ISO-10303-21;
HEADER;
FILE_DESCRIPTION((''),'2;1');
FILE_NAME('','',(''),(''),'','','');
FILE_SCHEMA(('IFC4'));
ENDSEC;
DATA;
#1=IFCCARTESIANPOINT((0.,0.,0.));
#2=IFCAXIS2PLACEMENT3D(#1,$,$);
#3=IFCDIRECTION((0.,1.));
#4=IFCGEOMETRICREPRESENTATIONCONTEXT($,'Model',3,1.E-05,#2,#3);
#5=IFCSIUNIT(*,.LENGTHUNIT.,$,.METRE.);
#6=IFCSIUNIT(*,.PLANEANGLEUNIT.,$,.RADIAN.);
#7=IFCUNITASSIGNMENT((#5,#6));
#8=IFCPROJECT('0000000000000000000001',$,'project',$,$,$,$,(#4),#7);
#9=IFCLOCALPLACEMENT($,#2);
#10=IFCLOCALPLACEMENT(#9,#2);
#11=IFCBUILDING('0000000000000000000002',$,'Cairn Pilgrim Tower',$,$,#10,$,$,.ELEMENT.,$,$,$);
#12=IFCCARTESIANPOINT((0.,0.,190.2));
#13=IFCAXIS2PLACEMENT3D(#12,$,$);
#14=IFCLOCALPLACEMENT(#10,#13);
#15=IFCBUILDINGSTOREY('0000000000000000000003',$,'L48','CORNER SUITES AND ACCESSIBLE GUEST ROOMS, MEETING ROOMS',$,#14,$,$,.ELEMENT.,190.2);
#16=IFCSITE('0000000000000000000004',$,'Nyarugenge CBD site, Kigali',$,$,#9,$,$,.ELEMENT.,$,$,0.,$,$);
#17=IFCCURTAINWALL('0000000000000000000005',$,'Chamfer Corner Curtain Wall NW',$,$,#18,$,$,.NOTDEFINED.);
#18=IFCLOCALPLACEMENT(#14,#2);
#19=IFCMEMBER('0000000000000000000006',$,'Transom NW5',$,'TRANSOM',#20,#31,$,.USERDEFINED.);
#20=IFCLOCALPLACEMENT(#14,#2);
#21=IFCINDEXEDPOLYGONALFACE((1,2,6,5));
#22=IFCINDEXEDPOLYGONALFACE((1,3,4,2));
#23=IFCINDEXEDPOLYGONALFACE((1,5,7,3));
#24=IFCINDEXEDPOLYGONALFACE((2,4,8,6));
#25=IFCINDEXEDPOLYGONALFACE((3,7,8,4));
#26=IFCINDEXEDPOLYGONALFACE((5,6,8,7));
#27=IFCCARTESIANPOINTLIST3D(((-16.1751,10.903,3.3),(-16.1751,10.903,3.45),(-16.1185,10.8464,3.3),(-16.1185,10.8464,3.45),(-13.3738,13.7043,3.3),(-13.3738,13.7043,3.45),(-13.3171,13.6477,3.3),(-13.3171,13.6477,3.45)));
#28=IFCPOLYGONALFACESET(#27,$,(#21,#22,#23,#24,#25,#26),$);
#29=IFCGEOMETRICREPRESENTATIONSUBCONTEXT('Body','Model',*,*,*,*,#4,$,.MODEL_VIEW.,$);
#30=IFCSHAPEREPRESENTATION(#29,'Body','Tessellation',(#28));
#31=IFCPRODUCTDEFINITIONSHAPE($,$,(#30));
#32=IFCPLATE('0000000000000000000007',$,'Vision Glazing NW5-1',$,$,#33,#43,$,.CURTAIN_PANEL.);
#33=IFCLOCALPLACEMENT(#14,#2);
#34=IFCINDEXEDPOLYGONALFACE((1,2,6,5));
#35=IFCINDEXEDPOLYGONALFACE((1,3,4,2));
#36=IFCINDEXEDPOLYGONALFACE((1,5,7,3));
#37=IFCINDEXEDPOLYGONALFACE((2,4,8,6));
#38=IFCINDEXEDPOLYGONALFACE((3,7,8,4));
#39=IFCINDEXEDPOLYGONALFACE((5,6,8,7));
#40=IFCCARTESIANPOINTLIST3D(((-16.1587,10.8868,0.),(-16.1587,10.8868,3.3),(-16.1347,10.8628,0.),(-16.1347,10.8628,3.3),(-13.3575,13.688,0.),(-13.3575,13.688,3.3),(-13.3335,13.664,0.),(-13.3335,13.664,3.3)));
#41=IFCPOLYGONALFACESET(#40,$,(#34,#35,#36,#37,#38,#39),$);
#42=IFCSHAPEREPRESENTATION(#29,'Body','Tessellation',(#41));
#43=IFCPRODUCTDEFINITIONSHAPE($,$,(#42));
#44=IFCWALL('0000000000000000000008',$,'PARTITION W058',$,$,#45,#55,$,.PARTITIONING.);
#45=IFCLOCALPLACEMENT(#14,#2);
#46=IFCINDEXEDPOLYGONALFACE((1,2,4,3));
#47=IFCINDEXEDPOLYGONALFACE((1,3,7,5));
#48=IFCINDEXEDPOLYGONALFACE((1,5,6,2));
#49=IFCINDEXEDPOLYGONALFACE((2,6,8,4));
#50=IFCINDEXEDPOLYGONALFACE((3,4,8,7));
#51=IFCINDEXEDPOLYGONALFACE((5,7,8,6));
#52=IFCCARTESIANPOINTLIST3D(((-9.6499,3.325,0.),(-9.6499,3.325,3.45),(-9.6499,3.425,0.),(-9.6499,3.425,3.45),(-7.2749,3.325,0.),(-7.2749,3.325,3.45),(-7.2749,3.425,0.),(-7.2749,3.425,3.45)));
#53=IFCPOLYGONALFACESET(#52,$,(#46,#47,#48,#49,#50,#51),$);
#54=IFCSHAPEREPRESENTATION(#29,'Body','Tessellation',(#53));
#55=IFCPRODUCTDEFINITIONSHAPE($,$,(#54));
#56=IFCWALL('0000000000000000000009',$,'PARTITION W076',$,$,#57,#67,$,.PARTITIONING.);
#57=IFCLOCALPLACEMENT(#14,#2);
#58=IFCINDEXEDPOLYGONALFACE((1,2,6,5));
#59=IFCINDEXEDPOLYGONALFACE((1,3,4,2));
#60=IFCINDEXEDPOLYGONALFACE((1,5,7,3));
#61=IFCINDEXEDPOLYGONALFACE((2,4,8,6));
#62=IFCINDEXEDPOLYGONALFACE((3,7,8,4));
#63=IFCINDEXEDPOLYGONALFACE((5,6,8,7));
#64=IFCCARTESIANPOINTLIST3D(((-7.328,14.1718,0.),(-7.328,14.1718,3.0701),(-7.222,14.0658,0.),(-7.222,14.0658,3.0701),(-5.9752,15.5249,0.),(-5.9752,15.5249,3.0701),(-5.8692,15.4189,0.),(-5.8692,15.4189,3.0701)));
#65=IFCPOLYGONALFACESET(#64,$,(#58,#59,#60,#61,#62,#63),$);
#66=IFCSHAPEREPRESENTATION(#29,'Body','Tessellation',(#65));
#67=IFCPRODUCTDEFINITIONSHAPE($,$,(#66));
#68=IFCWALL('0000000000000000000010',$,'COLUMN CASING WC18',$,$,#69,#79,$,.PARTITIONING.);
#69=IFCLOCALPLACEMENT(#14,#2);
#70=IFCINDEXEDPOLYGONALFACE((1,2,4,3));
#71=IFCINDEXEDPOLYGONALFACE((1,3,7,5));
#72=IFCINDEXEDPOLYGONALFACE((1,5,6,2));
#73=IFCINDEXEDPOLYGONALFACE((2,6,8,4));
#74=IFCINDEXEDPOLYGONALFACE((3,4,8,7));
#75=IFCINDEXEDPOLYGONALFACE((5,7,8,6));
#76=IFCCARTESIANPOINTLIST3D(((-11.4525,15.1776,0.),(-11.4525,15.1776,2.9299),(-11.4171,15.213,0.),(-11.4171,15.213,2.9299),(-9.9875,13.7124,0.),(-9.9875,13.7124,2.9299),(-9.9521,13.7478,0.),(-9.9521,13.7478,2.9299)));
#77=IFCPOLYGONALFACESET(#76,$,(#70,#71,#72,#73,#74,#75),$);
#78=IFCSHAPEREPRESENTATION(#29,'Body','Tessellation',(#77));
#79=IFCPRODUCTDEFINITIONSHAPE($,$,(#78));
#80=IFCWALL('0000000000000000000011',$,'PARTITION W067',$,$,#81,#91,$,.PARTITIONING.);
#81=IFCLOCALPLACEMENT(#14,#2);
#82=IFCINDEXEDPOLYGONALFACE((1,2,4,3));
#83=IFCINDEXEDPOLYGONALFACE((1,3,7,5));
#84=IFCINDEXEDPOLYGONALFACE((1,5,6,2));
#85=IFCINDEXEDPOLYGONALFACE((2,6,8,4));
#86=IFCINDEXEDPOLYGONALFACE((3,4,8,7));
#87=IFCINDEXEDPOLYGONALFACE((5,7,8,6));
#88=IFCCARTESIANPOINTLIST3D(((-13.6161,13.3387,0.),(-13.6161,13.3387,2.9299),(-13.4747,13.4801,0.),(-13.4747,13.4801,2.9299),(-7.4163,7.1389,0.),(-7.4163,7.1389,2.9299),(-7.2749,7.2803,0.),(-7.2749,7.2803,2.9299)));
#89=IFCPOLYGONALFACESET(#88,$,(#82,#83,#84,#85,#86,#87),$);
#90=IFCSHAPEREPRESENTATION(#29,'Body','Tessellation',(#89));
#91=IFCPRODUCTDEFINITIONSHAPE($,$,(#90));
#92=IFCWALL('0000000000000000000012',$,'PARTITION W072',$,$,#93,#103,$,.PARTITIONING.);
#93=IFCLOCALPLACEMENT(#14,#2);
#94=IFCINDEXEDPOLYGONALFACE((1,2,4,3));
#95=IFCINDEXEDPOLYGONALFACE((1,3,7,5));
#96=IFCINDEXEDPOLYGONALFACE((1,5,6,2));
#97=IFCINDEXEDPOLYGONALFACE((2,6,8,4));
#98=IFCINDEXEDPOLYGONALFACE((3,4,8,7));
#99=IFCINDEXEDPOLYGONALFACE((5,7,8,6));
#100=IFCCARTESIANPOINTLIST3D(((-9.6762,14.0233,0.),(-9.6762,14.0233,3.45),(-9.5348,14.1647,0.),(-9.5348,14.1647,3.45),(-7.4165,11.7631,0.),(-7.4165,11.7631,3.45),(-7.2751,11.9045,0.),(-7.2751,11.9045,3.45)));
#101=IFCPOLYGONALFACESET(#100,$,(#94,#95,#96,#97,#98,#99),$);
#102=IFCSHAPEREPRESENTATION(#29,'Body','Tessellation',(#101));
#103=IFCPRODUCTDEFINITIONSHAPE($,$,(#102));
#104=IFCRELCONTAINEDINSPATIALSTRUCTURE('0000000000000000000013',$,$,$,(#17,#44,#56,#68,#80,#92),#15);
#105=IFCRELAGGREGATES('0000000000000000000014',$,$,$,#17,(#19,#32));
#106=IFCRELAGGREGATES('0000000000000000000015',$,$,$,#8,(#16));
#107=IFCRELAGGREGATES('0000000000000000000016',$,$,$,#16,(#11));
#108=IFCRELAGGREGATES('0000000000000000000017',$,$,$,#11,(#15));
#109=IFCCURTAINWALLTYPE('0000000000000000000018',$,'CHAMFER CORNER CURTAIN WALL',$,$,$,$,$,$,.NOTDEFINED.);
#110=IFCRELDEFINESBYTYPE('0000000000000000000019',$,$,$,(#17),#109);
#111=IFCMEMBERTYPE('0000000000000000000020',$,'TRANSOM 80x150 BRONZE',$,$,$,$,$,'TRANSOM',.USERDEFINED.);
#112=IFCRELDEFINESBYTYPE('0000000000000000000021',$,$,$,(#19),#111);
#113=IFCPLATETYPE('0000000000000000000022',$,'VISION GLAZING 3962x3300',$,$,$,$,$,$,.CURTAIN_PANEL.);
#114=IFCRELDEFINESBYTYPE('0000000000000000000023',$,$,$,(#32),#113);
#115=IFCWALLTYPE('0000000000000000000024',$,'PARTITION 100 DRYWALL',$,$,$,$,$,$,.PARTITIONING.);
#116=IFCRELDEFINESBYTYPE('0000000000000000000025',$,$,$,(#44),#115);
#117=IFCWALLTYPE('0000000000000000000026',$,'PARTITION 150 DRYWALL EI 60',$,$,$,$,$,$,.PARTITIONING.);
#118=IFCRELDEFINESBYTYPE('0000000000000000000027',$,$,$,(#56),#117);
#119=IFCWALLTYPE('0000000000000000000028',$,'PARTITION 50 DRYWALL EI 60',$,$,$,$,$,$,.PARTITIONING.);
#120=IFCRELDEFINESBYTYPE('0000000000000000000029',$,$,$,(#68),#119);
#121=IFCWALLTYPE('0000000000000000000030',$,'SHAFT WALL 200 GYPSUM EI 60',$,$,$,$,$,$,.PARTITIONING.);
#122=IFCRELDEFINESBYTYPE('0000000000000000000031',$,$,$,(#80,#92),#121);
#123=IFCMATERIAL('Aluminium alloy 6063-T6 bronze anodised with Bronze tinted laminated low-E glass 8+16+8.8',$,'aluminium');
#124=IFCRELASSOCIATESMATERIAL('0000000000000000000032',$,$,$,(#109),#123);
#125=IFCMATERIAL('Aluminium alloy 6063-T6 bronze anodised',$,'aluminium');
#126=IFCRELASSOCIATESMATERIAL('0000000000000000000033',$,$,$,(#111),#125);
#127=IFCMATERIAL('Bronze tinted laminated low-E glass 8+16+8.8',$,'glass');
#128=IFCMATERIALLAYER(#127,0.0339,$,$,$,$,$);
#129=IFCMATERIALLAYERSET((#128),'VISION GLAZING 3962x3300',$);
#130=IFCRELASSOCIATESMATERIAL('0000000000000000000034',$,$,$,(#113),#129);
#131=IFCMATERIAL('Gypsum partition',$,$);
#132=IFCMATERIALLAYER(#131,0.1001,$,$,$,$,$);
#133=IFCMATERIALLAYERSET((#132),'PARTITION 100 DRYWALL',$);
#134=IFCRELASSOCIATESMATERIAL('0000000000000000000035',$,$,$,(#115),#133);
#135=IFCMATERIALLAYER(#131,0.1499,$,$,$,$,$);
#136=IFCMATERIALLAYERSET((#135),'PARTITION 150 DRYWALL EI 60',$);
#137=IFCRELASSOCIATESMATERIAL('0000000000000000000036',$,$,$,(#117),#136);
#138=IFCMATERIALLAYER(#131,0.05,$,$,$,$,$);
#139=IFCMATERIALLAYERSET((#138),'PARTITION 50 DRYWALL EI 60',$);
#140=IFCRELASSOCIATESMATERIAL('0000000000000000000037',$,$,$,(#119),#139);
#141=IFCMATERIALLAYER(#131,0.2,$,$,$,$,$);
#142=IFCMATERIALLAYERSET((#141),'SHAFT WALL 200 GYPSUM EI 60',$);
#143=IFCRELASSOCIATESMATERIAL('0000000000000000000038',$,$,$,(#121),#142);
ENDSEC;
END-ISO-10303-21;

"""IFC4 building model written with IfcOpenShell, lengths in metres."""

from ifc_helpers import new_model, si_unit, direction, frame, frame_2d, origin, origin_2d, place, context, subcontext, project, spatial, rectangle, extrude, material, layer, layer_set, material_profile, profile_set, type_object, element, aggregate, save


model = new_model("IFC4")

# Units and contexts
model_context = context("Model", 3, precision=1e-05, world=origin(), true_north=direction((0.0, 1.0)))
body_context = subcontext(model_context, "Body", "Model", "MODEL_VIEW")
ifc_project = project(units=[si_unit("LENGTHUNIT", "METRE"), si_unit("PLANEANGLEUNIT", "RADIAN")], contexts=[model_context])

# Site, building, storey
site_placement = place(None, origin())
site = spatial("IfcSite", under=ifc_project, at=site_placement, Name="Nyarugenge CBD site, Kigali", CompositionType="ELEMENT", RefElevation=0.0)
building_placement = place(site_placement, origin())
building = spatial("IfcBuilding", under=site, at=building_placement, Name="Cairn Pilgrim Tower", CompositionType="ELEMENT")
storey_placement = place(building_placement, frame((0.0, 0.0, 190.2)))
storey = spatial("IfcBuildingStorey", under=building, at=storey_placement, Name="L48", Description="CORNER SUITES AND ACCESSIBLE GUEST ROOMS, MEETING ROOMS", CompositionType="ELEMENT", Elevation=190.2)

# Curtain wall
ifc_material_1 = material(Name="Aluminium alloy 6063-T6 bronze anodised with Bronze tinted laminated low-E glass 8+16+8.8", Category="aluminium")
curtain_wall_type_1 = type_object("IfcCurtainWallType", Name="CHAMFER CORNER CURTAIN WALL", PredefinedType="NOTDEFINED", material=ifc_material_1)
curtain_wall_1_placement = place(storey_placement, origin())
curtain_wall_1 = element("IfcCurtainWall", 1, at=curtain_wall_1_placement, inside=storey, type_object=curtain_wall_type_1, Name="Chamfer Corner Curtain Wall NW", PredefinedType="NOTDEFINED")
ifc_material_2 = material(Name="Aluminium alloy 6063-T6 bronze anodised", Category="aluminium")

# Member
ifc_material_profile_1 = material_profile(ifc_material_2, rectangle(XDim=0.0801, YDim=0.1499, at=origin_2d()), Name="TRANSOM 80x150 BRONZE")
ifc_profile_set_1 = profile_set([ifc_material_profile_1], Name="Aluminium alloy 6063-T6 bronze anodised")
member_type_1 = type_object("IfcMemberType", Name="TRANSOM 80x150 BRONZE", ElementType="TRANSOM", PredefinedType="USERDEFINED", material=ifc_profile_set_1)
member_1_placement = place(storey_placement, frame((-13.3455, 13.676, 3.375), z_axis=(-0.707107, -0.707107, 0.0), x_axis=(0.707107, -0.707107, 0.0)))
member_1 = element("IfcMember", 2, at=member_1_placement, type_object=member_type_1, Name="Transom NW5", ObjectType="TRANSOM", PredefinedType="USERDEFINED", context=body_context, shape_type="SweptSolid", body=[
    extrude(rectangle(XDim=0.0801, YDim=0.1499, at=origin_2d()), origin(), (0.0, 0.0, 1.0), 3.9617),
])

# Plate
ifc_material_3 = material(Name="Bronze tinted laminated low-E glass 8+16+8.8", Category="glass")
ifc_layer_1 = layer(ifc_material_3, 0.0339)
ifc_layer_set_1 = layer_set([ifc_layer_1], Name="VISION GLAZING 3962x3300")
plate_type = type_object("IfcPlateType", Name="VISION GLAZING 3962x3300", PredefinedType="CURTAIN_PANEL", material=ifc_layer_set_1)
plate_placement = place(storey_placement, frame((-14.7461, 12.2754, 0.0), z_axis=(0.0, 0.0, 1.0), x_axis=(-0.707107, -0.707107, 0.0)))
plate = element("IfcPlate", 3, at=plate_placement, type_object=plate_type, Name="Vision Glazing NW5-1", PredefinedType="CURTAIN_PANEL", context=body_context, shape_type="SweptSolid", body=[
    extrude(rectangle(XDim=3.9614, YDim=0.0339, at=origin_2d()), origin(), (0.0, 0.0, 1.0), 3.3),
])
aggregate(curtain_wall_1, [member_1, plate])

# Walls
ifc_material_4 = material(Name="Gypsum partition")
ifc_layer_2 = layer(ifc_material_4, 0.1001)
ifc_layer_set_2 = layer_set([ifc_layer_2], Name="PARTITION 100 DRYWALL")
wall_type_1 = type_object("IfcWallType", Name="PARTITION 100 DRYWALL", PredefinedType="PARTITIONING", material=ifc_layer_set_2)
wall_1_placement = place(storey_placement, frame((-9.6499, 3.375, 0.0), z_axis=(0.0, 0.0, 1.0), x_axis=(1.0, 0.0, 0.0)))
element("IfcWall", 4, at=wall_1_placement, inside=storey, type_object=wall_type_1, Name="PARTITION W058", PredefinedType="PARTITIONING", context=body_context, shape_type="SweptSolid", body=[
    extrude(rectangle(XDim=2.375, YDim=0.1001, at=frame_2d((1.1875, 0.0))), origin(), (0.0, 0.0, 1.0), 3.45),
])
ifc_layer_3 = layer(ifc_material_4, 0.1499)
ifc_layer_set_3 = layer_set([ifc_layer_3], Name="PARTITION 150 DRYWALL EI 60")
wall_type_2 = type_object("IfcWallType", Name="PARTITION 150 DRYWALL EI 60", PredefinedType="PARTITIONING", material=ifc_layer_set_3)
wall_2_placement = place(storey_placement, frame((-7.2749, 14.1189, 0.0), z_axis=(0.0, 0.0, 1.0), x_axis=(0.707043, 0.707171, 0.0)))
element("IfcWall", 5, at=wall_2_placement, inside=storey, type_object=wall_type_2, Name="PARTITION W076", PredefinedType="PARTITIONING", context=body_context, shape_type="SweptSolid", body=[
    extrude(rectangle(XDim=1.9133, YDim=0.1499, at=frame_2d((0.9565, 0.0))), origin(), (0.0, 0.0, 1.0), 3.0701),
])
ifc_layer_4 = layer(ifc_material_4, 0.05)
ifc_layer_set_4 = layer_set([ifc_layer_4], Name="PARTITION 50 DRYWALL EI 60")
wall_type_3 = type_object("IfcWallType", Name="PARTITION 50 DRYWALL EI 60", PredefinedType="PARTITIONING", material=ifc_layer_set_4)
wall_3_placement = place(storey_placement, frame((-9.9697, 13.73, 0.0), z_axis=(0.0, 0.0, 1.0), x_axis=(-0.707048, 0.707166, 0.0)))
element("IfcWall", 6, at=wall_3_placement, inside=storey, type_object=wall_type_3, Name="COLUMN CASING WC18", PredefinedType="PARTITIONING", context=body_context, shape_type="SweptSolid", body=[
    extrude(rectangle(XDim=2.072, YDim=0.05, at=frame_2d((1.0361, 0.0))), origin(), (0.0, 0.0, 1.0), 2.9299),
])
ifc_layer_5 = layer(ifc_material_4, 0.2)
ifc_layer_set_5 = layer_set([ifc_layer_5], Name="SHAFT WALL 200 GYPSUM EI 60")
wall_type_4 = type_object("IfcWallType", Name="SHAFT WALL 200 GYPSUM EI 60", PredefinedType="PARTITIONING", material=ifc_layer_set_5)
wall_4_placement = place(storey_placement, frame((-7.3457, 7.2097, 0.0), z_axis=(0.0, 0.0, 1.0), x_axis=(-0.707107, 0.707107, 0.0)))
element("IfcWall", 7, at=wall_4_placement, inside=storey, type_object=wall_type_4, Name="PARTITION W067", PredefinedType="PARTITIONING", context=body_context, shape_type="SweptSolid", body=[
    extrude(rectangle(XDim=8.7678, YDim=0.2, at=frame_2d((4.3838, 0.0))), origin(), (0.0, 0.0, 1.0), 2.9299),
])
wall_5_placement = place(storey_placement, frame((-7.3457, 11.8337, 0.0), z_axis=(0.0, 0.0, 1.0), x_axis=(-0.70703, 0.707183, 0.0)))
element("IfcWall", 8, at=wall_5_placement, inside=storey, type_object=wall_type_4, Name="PARTITION W072", PredefinedType="PARTITIONING", context=body_context, shape_type="SweptSolid", body=[
    extrude(rectangle(XDim=3.196, YDim=0.2, at=frame_2d((1.5981, 0.0))), origin(), (0.0, 0.0, 1.0), 3.45),
])

save(model, "model.ifc")
